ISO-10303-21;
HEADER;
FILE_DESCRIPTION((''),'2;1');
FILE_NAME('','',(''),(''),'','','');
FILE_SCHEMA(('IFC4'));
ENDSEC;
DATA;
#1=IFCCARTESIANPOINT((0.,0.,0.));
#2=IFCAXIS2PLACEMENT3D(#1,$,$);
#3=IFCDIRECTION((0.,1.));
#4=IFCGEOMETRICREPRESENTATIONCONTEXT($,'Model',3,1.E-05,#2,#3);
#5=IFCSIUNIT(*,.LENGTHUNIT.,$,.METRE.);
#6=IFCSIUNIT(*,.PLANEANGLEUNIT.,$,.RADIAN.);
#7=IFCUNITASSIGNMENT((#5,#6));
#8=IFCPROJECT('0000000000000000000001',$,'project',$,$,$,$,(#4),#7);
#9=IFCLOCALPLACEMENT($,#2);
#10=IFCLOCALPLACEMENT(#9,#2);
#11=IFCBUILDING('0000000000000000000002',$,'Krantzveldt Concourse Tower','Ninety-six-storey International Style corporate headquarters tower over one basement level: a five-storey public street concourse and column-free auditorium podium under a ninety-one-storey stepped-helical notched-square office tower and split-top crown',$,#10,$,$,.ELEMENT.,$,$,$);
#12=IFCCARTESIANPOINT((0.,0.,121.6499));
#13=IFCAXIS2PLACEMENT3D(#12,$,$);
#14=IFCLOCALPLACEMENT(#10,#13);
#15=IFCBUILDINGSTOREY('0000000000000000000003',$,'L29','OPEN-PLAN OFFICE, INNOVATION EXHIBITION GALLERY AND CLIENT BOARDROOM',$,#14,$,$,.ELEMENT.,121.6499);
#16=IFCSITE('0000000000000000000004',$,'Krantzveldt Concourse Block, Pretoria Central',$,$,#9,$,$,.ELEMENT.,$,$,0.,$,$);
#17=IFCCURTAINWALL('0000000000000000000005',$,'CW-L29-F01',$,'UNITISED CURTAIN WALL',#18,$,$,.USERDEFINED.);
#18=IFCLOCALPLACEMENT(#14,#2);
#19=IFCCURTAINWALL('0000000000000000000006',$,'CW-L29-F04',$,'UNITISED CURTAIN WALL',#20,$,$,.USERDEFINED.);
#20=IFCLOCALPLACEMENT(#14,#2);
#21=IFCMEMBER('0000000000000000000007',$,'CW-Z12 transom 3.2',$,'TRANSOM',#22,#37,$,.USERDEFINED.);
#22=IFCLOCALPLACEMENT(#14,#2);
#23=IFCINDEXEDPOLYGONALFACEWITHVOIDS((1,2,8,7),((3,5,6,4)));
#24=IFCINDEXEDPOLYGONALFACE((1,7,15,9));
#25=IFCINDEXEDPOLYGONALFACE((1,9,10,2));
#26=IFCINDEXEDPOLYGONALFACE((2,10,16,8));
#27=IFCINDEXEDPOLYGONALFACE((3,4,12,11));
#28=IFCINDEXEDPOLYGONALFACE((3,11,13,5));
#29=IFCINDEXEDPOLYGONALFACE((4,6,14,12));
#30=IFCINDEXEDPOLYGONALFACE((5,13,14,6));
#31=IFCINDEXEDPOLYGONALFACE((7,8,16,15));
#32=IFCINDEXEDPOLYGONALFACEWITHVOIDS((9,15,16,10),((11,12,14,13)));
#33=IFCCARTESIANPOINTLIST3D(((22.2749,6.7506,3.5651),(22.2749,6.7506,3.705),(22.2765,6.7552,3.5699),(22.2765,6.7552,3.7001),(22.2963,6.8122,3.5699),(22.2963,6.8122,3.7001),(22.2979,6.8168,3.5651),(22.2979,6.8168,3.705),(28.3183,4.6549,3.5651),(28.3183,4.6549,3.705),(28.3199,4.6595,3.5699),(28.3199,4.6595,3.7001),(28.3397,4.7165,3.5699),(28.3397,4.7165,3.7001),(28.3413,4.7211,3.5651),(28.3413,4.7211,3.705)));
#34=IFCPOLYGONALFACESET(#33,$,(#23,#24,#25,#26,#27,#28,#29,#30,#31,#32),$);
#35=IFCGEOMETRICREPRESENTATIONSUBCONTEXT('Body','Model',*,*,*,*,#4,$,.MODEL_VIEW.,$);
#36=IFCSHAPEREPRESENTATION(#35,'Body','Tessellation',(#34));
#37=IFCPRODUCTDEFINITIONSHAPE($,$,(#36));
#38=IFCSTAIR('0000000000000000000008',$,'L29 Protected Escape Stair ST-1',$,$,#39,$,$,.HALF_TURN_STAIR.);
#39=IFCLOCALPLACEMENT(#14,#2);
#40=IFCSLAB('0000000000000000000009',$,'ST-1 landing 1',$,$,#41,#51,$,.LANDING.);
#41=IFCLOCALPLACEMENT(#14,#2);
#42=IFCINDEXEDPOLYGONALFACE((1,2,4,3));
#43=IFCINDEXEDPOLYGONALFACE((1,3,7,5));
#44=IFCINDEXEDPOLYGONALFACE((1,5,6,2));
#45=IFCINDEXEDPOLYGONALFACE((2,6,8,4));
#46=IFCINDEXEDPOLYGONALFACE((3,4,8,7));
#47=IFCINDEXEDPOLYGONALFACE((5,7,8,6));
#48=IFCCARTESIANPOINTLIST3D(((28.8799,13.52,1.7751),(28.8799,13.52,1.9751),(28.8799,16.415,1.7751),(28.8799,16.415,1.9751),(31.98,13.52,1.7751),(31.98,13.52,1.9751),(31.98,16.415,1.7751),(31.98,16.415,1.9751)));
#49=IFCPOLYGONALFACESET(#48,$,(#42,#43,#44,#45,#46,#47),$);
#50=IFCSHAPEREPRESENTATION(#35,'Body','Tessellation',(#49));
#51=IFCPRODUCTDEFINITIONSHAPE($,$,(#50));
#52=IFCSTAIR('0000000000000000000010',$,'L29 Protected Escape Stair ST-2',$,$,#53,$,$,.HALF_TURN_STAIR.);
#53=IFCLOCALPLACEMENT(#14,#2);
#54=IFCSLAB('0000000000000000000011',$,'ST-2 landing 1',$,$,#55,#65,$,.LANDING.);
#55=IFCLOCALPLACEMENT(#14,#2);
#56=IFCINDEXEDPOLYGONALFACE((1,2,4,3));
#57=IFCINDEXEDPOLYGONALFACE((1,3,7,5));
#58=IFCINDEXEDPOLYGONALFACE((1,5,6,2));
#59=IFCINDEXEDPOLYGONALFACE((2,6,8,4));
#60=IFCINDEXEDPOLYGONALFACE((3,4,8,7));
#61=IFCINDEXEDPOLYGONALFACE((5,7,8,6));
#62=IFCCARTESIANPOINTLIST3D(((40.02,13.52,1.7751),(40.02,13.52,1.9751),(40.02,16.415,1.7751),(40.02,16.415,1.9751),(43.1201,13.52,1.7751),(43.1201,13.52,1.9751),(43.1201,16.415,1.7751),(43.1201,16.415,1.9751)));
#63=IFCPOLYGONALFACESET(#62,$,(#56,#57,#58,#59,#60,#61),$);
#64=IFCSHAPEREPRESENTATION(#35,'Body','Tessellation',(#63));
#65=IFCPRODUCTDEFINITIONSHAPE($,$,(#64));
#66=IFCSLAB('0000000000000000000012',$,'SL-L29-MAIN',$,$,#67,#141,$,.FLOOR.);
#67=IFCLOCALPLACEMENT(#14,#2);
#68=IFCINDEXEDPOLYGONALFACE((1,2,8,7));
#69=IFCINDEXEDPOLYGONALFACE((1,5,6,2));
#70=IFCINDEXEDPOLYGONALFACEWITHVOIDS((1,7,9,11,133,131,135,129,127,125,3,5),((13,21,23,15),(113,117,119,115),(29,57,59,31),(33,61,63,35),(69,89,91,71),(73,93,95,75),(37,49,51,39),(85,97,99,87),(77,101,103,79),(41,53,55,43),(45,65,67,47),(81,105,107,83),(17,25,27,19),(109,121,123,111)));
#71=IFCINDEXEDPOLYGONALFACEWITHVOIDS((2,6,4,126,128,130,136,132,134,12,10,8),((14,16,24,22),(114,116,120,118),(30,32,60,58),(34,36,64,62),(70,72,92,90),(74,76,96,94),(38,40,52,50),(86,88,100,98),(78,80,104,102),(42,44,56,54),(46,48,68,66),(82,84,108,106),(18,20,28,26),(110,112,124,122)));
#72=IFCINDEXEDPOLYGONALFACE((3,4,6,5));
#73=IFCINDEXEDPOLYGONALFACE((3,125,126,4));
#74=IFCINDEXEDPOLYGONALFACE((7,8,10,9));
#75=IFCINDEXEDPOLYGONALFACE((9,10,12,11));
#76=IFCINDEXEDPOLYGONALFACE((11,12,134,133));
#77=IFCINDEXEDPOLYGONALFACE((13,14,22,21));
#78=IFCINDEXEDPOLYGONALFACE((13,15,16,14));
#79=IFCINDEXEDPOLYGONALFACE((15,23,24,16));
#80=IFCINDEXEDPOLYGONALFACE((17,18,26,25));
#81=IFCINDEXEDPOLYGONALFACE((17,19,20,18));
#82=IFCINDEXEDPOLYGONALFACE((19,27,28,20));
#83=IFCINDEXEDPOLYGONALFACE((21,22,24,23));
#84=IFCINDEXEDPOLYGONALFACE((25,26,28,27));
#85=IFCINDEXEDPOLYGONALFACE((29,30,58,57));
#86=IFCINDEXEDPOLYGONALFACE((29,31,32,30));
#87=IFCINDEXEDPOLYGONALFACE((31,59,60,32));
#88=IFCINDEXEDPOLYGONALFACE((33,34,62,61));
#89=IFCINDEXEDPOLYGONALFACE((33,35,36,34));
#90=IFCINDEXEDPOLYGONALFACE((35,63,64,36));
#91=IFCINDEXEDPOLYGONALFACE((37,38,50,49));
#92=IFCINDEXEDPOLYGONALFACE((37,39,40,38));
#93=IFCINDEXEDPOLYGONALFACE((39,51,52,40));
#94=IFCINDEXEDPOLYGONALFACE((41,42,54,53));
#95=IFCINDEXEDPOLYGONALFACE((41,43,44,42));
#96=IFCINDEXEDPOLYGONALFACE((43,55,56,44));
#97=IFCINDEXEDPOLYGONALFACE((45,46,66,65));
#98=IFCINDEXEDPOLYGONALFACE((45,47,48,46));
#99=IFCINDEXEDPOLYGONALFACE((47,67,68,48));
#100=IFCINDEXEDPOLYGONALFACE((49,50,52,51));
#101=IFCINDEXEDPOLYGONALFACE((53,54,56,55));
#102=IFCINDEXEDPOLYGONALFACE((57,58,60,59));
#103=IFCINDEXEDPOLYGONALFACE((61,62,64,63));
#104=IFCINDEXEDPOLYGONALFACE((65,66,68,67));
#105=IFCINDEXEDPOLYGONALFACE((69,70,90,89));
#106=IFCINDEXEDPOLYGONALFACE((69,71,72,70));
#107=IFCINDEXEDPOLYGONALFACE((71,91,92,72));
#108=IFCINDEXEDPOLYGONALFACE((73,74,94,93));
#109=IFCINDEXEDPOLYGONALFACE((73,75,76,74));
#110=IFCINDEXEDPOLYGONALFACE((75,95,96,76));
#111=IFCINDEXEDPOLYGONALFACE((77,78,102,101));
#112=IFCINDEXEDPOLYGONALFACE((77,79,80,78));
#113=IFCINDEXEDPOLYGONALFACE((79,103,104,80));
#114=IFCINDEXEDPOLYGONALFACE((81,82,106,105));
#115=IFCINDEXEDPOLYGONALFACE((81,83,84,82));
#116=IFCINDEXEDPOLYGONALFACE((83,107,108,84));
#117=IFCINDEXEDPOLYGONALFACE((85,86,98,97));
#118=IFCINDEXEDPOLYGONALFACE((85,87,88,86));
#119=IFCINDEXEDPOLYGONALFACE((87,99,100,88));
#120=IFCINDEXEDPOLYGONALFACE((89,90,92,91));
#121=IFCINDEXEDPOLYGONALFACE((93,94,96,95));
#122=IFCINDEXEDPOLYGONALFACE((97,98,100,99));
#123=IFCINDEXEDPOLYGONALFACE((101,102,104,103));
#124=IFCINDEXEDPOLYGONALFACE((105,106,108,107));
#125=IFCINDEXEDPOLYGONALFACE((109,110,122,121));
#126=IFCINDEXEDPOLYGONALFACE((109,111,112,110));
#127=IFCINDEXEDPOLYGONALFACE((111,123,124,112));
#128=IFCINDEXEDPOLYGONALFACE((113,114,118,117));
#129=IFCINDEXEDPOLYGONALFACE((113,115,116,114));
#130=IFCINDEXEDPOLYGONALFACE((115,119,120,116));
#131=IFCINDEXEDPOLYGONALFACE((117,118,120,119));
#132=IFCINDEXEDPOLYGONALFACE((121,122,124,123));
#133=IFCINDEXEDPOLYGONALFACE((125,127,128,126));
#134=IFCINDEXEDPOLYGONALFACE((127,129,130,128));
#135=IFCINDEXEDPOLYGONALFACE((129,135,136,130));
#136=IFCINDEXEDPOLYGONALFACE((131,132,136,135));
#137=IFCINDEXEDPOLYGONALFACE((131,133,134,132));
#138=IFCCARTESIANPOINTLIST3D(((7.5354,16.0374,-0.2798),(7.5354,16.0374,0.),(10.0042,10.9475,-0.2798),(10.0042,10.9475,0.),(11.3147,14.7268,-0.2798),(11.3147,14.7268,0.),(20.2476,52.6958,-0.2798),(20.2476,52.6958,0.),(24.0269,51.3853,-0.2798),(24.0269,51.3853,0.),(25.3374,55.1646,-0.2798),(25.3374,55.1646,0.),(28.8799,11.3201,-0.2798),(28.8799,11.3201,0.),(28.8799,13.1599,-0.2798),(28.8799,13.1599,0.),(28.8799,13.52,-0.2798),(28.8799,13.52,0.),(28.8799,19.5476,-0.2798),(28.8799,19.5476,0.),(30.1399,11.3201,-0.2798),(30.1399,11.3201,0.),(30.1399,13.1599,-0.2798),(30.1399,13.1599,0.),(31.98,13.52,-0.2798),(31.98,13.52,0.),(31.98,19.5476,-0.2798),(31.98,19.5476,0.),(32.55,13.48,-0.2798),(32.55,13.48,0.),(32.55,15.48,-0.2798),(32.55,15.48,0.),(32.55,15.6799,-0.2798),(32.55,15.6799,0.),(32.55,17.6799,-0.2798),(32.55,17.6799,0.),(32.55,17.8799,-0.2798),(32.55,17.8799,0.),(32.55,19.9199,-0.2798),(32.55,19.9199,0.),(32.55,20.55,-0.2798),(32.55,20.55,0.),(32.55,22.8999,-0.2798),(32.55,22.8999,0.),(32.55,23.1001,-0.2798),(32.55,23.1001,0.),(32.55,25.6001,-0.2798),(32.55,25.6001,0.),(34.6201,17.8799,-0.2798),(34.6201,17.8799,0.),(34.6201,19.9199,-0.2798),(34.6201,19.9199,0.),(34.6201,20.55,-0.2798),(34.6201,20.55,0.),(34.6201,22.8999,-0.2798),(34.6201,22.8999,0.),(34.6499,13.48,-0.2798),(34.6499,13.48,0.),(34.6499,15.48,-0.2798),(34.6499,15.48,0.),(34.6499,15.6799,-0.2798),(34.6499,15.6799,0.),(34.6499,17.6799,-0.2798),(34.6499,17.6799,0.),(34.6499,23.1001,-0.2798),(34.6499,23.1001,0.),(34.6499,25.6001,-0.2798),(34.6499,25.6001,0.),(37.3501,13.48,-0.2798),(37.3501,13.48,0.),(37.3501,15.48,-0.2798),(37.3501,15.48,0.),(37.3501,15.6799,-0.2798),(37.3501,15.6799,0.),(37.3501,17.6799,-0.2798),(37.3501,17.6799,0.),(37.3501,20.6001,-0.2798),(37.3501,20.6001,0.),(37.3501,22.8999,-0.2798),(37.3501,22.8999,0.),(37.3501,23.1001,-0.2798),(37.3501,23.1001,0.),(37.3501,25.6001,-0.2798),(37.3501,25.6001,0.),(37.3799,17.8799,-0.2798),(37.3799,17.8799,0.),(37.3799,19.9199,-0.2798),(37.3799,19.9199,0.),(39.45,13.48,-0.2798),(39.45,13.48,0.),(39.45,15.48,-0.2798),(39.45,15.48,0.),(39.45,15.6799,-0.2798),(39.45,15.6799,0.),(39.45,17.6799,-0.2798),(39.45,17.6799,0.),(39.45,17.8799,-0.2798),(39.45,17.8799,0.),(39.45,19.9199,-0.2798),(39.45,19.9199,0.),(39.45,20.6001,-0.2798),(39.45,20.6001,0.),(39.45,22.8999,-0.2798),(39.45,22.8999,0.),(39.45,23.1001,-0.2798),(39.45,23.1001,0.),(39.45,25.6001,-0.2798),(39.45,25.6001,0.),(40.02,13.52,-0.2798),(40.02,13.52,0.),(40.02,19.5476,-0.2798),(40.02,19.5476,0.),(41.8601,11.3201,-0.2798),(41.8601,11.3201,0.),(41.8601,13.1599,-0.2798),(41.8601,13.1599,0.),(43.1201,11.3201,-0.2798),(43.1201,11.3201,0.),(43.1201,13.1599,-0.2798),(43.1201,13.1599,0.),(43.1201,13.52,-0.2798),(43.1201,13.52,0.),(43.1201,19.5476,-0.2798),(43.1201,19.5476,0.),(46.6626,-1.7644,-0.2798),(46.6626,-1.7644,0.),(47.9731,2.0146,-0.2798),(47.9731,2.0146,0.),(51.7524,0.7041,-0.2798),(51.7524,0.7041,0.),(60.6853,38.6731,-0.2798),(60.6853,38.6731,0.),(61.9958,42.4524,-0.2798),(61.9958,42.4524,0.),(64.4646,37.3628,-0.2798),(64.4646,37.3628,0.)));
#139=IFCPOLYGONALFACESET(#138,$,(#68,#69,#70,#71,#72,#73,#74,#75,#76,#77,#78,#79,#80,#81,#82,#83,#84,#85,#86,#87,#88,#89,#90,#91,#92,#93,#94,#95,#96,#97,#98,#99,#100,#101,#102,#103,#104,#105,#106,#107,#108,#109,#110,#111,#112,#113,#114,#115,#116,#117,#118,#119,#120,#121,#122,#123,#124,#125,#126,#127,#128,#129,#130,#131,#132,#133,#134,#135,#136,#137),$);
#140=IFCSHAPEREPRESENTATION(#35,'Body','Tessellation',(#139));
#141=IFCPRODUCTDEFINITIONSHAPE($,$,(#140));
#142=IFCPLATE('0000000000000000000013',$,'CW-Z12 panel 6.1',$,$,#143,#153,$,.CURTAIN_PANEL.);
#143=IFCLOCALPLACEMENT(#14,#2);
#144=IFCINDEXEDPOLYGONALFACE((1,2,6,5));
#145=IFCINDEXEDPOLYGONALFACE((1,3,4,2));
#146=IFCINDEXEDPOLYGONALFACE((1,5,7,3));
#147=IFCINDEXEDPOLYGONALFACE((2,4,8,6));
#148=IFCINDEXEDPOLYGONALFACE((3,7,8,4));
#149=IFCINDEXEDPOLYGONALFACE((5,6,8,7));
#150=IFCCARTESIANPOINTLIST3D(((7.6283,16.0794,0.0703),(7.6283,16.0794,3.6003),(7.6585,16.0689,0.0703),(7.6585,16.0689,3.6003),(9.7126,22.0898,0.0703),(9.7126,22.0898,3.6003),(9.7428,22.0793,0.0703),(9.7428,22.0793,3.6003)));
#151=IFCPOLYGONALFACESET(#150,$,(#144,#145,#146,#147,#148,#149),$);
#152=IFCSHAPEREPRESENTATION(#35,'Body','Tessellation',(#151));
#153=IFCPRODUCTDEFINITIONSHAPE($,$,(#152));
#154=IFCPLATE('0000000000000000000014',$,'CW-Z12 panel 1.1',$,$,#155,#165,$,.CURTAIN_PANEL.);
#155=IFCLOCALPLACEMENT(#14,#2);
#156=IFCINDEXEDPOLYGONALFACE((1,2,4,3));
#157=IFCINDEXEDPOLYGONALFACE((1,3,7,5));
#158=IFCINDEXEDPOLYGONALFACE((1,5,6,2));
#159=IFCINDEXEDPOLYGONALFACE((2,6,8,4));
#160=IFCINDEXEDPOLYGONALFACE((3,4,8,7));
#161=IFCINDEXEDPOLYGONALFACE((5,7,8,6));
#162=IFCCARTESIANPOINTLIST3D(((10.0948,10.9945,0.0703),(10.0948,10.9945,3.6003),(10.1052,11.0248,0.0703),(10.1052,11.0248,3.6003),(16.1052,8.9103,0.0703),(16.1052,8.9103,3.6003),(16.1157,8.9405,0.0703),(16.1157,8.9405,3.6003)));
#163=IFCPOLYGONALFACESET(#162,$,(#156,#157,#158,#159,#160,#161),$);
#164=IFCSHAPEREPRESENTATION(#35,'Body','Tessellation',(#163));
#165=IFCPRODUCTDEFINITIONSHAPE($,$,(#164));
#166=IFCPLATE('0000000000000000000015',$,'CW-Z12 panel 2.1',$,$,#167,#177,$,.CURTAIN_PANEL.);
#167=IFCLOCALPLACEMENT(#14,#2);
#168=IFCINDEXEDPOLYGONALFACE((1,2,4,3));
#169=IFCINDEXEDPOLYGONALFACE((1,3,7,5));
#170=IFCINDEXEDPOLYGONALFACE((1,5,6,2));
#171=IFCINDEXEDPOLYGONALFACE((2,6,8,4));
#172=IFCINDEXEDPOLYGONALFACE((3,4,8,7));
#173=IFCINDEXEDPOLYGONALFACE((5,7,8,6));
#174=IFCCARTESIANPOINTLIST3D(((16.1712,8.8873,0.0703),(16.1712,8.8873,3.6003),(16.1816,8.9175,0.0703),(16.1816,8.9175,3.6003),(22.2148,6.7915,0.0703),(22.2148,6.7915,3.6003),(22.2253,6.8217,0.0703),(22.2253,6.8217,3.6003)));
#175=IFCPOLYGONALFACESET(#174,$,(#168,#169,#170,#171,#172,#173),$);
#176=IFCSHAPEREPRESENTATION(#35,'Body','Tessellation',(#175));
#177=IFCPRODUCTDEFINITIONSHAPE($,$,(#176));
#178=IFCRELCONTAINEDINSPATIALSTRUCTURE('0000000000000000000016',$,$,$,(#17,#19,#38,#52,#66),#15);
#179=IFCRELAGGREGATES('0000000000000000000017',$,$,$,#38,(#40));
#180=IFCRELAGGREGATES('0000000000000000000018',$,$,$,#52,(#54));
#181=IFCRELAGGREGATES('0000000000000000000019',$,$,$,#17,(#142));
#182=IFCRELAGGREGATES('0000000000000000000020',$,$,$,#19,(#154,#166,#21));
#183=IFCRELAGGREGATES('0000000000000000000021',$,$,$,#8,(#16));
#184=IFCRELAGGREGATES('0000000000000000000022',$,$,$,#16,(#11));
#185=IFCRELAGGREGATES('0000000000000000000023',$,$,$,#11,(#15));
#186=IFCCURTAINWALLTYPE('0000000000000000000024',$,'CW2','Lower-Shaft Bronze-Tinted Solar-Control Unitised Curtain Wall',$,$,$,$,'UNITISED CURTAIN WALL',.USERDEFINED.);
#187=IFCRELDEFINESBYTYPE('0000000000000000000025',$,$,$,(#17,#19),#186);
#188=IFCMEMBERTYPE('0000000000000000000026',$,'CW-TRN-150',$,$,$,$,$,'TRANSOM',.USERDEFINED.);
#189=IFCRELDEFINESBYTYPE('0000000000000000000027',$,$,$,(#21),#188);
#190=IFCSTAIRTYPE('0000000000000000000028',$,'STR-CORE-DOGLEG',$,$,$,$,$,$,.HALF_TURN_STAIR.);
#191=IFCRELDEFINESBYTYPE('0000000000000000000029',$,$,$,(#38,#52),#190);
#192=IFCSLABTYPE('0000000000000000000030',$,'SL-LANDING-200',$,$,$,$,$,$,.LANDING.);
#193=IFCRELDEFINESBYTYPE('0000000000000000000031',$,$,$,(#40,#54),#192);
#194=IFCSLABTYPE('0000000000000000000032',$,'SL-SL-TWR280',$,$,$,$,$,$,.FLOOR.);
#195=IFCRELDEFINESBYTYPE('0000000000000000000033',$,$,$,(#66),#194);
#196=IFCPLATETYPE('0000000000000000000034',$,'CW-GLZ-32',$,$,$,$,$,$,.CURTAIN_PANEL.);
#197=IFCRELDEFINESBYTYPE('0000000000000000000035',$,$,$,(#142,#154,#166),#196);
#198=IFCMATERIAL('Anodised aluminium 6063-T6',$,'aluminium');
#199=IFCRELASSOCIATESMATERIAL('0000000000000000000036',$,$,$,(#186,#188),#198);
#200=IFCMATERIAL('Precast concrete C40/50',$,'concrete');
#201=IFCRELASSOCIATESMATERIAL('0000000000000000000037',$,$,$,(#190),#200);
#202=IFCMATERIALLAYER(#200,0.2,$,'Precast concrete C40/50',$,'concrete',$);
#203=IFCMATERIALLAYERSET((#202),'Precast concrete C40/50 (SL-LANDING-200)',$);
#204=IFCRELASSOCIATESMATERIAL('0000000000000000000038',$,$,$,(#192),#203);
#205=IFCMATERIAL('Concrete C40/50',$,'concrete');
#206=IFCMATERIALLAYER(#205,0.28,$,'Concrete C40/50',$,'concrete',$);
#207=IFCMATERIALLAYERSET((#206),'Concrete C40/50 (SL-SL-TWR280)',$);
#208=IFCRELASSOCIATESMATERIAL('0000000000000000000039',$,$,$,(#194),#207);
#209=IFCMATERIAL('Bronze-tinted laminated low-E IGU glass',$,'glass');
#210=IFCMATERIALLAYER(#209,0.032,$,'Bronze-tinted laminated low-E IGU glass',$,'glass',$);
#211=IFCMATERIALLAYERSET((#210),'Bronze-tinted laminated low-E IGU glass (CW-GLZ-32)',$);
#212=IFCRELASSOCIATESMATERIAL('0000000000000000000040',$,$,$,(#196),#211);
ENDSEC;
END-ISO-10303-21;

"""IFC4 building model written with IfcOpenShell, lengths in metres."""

from ifc_helpers import new_model, si_unit, direction, frame, origin, origin_2d, place, context, subcontext, project, spatial, polyline, rectangle, hollow_rectangle, outline, extrude, source, transform, mapped, material, layer, layer_set, material_profile, profile_set, type_object, type_shapes, element, aggregate, save


model = new_model("IFC4")

# Units and contexts
model_context = context("Model", 3, precision=1e-05, world=origin(), true_north=direction((0.0, 1.0)))
body_context = subcontext(model_context, "Body", "Model", "MODEL_VIEW")
ifc_project = project(units=[si_unit("LENGTHUNIT", "METRE"), si_unit("PLANEANGLEUNIT", "RADIAN")], contexts=[model_context])

# Site, building, storey
site_placement = place(None, origin())
site = spatial("IfcSite", under=ifc_project, at=site_placement, Name="Krantzveldt Concourse Block, Pretoria Central", CompositionType="ELEMENT", RefElevation=0.0)
building_placement = place(site_placement, origin())
building = spatial("IfcBuilding", under=site, at=building_placement, Name="Krantzveldt Concourse Tower", Description="Ninety-six-storey International Style corporate headquarters tower over one basement level: a five-storey public street concourse and column-free auditorium podium under a ninety-one-storey stepped-helical notched-square office tower and split-top crown", CompositionType="ELEMENT")
storey_placement = place(building_placement, frame((0.0, 0.0, 121.6499)))
storey = spatial("IfcBuildingStorey", under=building, at=storey_placement, Name="L29", Description="OPEN-PLAN OFFICE, INNOVATION EXHIBITION GALLERY AND CLIENT BOARDROOM", CompositionType="ELEMENT", Elevation=121.6499)

# Curtain walls
ifc_material_1 = material(Name="Anodised aluminium 6063-T6", Category="aluminium")
curtain_wall_type = type_object("IfcCurtainWallType", Name="CW2", Description="Lower-Shaft Bronze-Tinted Solar-Control Unitised Curtain Wall", ElementType="UNITISED CURTAIN WALL", PredefinedType="USERDEFINED", material=ifc_material_1)
curtain_wall_1_placement = place(storey_placement, origin())
curtain_wall_1 = element("IfcCurtainWall", 1, at=curtain_wall_1_placement, inside=storey, type_object=curtain_wall_type, Name="CW-L29-F01", ObjectType="UNITISED CURTAIN WALL", PredefinedType="USERDEFINED")
curtain_wall_2_placement = place(storey_placement, origin())
curtain_wall_2 = element("IfcCurtainWall", 2, at=curtain_wall_2_placement, inside=storey, type_object=curtain_wall_type, Name="CW-L29-F04", ObjectType="UNITISED CURTAIN WALL", PredefinedType="USERDEFINED")

# Member
ifc_material_profile_1 = material_profile(ifc_material_1, hollow_rectangle(XDim=0.0701, YDim=0.1399, WallThickness=0.0049, at=origin_2d()), Name="Anodised aluminium 6063-T6", Category="aluminium")
ifc_profile_set_1 = profile_set([ifc_material_profile_1], Name="Anodised aluminium 6063-T6 - ALU-TRAN 140x70x5")
member_type_1 = type_object("IfcMemberType", Name="CW-TRN-150", ElementType="TRANSOM", PredefinedType="USERDEFINED", material=ifc_profile_set_1)
shared_shape_1 = source(origin(), body_context, "Body", "SweptSolid", [
    extrude(hollow_rectangle(XDim=0.0701, YDim=0.1399, WallThickness=0.0049, at=origin_2d()), origin(), (0.0, 0.0, 1.0), 6.3965),
])
member_1_placement = place(storey_placement, frame((22.2864, 6.7837, 3.635), z_axis=(0.944805, -0.327632, 0.0), x_axis=(0.327632, 0.944805, 0.0)))
member_1 = element("IfcMember", 3, at=member_1_placement, type_object=member_type_1, Name="CW-Z12 transom 3.2", ObjectType="TRANSOM", PredefinedType="USERDEFINED", context=body_context, shape_type="MappedRepresentation", body=[
    mapped(shared_shape_1, transform((0.0, 0.0, 0.0), x_axis=(1.0, 0.0, 0.0), y_axis=(0.0, 1.0, 0.0), z_axis=(0.0, 0.0, 1.0), scale=1.0)),
])

# Stairs, slabs
ifc_material_2 = material(Name="Precast concrete C40/50", Category="concrete")
stair_type = type_object("IfcStairType", Name="STR-CORE-DOGLEG", PredefinedType="HALF_TURN_STAIR", material=ifc_material_2)
stair_1_placement = place(storey_placement, origin())
stair_1 = element("IfcStair", 4, at=stair_1_placement, inside=storey, type_object=stair_type, Name="L29 Protected Escape Stair ST-1", PredefinedType="HALF_TURN_STAIR")
ifc_layer_1 = layer(ifc_material_2, 0.2, Name="Precast concrete C40/50", Category="concrete")
ifc_layer_set_1 = layer_set([ifc_layer_1], Name="Precast concrete C40/50 (SL-LANDING-200)")
slab_type_1 = type_object("IfcSlabType", Name="SL-LANDING-200", PredefinedType="LANDING", material=ifc_layer_set_1)
slab_1_placement = place(storey_placement, frame((0.0, 0.0, 1.7751)))
slab_1 = element("IfcSlab", 5, at=slab_1_placement, type_object=slab_type_1, Name="ST-1 landing 1", PredefinedType="LANDING", context=body_context, shape_type="SweptSolid", body=[
    extrude(outline(polyline([(28.8799, 16.415), (28.8799, 13.52), (31.98, 13.52), (31.98, 16.415), (28.8799, 16.415)])), origin(), (0.0, 0.0, 1.0), 0.2),
])
aggregate(stair_1, [slab_1])
stair_2_placement = place(storey_placement, origin())
stair_2 = element("IfcStair", 6, at=stair_2_placement, inside=storey, type_object=stair_type, Name="L29 Protected Escape Stair ST-2", PredefinedType="HALF_TURN_STAIR")
slab_2_placement = place(storey_placement, frame((0.0, 0.0, 1.7751)))
slab_2 = element("IfcSlab", 7, at=slab_2_placement, type_object=slab_type_1, Name="ST-2 landing 1", PredefinedType="LANDING", context=body_context, shape_type="SweptSolid", body=[
    extrude(outline(polyline([(40.02, 16.415), (40.02, 13.52), (43.1201, 13.52), (43.1201, 16.415), (40.02, 16.415)])), origin(), (0.0, 0.0, 1.0), 0.2),
])
aggregate(stair_2, [slab_2])

# Slab
ifc_material_3 = material(Name="Concrete C40/50", Category="concrete")
ifc_layer_2 = layer(ifc_material_3, 0.28, Name="Concrete C40/50", Category="concrete")
ifc_layer_set_2 = layer_set([ifc_layer_2], Name="Concrete C40/50 (SL-SL-TWR280)")
slab_type_2 = type_object("IfcSlabType", Name="SL-SL-TWR280", PredefinedType="FLOOR", material=ifc_layer_set_2)
slab_3_placement = place(storey_placement, frame((0.0, 0.0, -0.2798)))
element("IfcSlab", 8, at=slab_3_placement, inside=storey, type_object=slab_type_2, Name="SL-L29-MAIN", PredefinedType="FLOOR", context=body_context, shape_type="SweptSolid", body=[
    extrude(outline(polyline([(24.0269, 51.3853), (20.2476, 52.6958), (7.5354, 16.0374), (11.3147, 14.7268), (10.0042, 10.9475), (46.6626, -1.7644), (47.9731, 2.0146), (51.7524, 0.7041), (64.4646, 37.3628), (60.6853, 38.6731), (61.9958, 42.4524), (25.3374, 55.1646), (24.0269, 51.3853)]), holes=[polyline([(28.8799, 19.5476), (28.8799, 13.52), (31.98, 13.52), (31.98, 19.5476), (28.8799, 19.5476)]), polyline([(40.02, 19.5476), (40.02, 13.52), (43.1201, 13.52), (43.1201, 19.5476), (40.02, 19.5476)]), polyline([(32.55, 23.1001), (34.6499, 23.1001), (34.6499, 25.6001), (32.55, 25.6001), (32.55, 23.1001)]), polyline([(37.3501, 23.1001), (39.45, 23.1001), (39.45, 25.6001), (37.3501, 25.6001), (37.3501, 23.1001)]), polyline([(37.3501, 20.6001), (39.45, 20.6001), (39.45, 22.8999), (37.3501, 22.8999), (37.3501, 20.6001)]), polyline([(32.55, 13.48), (34.6499, 13.48), (34.6499, 15.48), (32.55, 15.48), (32.55, 13.48)]), polyline([(32.55, 15.6799), (34.6499, 15.6799), (34.6499, 17.6799), (32.55, 17.6799), (32.55, 15.6799)]), polyline([(37.3501, 13.48), (39.45, 13.48), (39.45, 15.48), (37.3501, 15.48), (37.3501, 13.48)]), polyline([(37.3501, 15.6799), (39.45, 15.6799), (39.45, 17.6799), (37.3501, 17.6799), (37.3501, 15.6799)]), polyline([(32.55, 20.55), (34.6201, 20.55), (34.6201, 22.8999), (32.55, 22.8999), (32.55, 20.55)]), polyline([(32.55, 17.8799), (34.6201, 17.8799), (34.6201, 19.9199), (32.55, 19.9199), (32.55, 17.8799)]), polyline([(37.3799, 17.8799), (39.45, 17.8799), (39.45, 19.9199), (37.3799, 19.9199), (37.3799, 17.8799)]), polyline([(28.8799, 11.3201), (30.1399, 11.3201), (30.1399, 13.1599), (28.8799, 13.1599), (28.8799, 11.3201)]), polyline([(41.8601, 11.3201), (43.1201, 11.3201), (43.1201, 13.1599), (41.8601, 13.1599), (41.8601, 11.3201)])]), origin(), (0.0, 0.0, 1.0), 0.2798),
])

# Plates
ifc_material_4 = material(Name="Bronze-tinted laminated low-E IGU glass", Category="glass")
ifc_layer_3 = layer(ifc_material_4, 0.032, Name="Bronze-tinted laminated low-E IGU glass", Category="glass")
ifc_layer_set_3 = layer_set([ifc_layer_3], Name="Bronze-tinted laminated low-E IGU glass (CW-GLZ-32)")
plate_type = type_object("IfcPlateType", Name="CW-GLZ-32", PredefinedType="CURTAIN_PANEL", material=ifc_layer_set_3)
shared_shape_2 = source(origin(), body_context, "Body", "SweptSolid", [
    extrude(rectangle(XDim=6.3616, YDim=0.032, at=origin_2d()), origin(), (0.0, 0.0, 1.0), 3.53),
])
plate_1_placement = place(storey_placement, frame((8.6855, 19.0793, 0.0703), z_axis=(0.0, 0.0, 1.0), x_axis=(-0.32763, -0.944806, 0.0)))
plate_1 = element("IfcPlate", 9, at=plate_1_placement, type_object=plate_type, Name="CW-Z12 panel 6.1", PredefinedType="CURTAIN_PANEL", context=body_context, shape_type="MappedRepresentation", body=[
    mapped(shared_shape_2, transform((0.0, 0.0, 0.0), x_axis=(1.0, 0.0, 0.0), y_axis=(0.0, 1.0, 0.0), z_axis=(0.0, 0.0, 1.0), scale=1.0)),
])
aggregate(curtain_wall_1, [plate_1])
plate_2_placement = place(storey_placement, frame((13.1052, 9.9675, 0.0703), z_axis=(0.0, 0.0, 1.0), x_axis=(0.944806, -0.32763, 0.0)))
plate_2 = element("IfcPlate", 10, at=plate_2_placement, type_object=plate_type, Name="CW-Z12 panel 1.1", PredefinedType="CURTAIN_PANEL", context=body_context, shape_type="MappedRepresentation", body=[
    mapped(shared_shape_2, transform((0.0, 0.0, 0.0), x_axis=(1.0, 0.0, 0.0), y_axis=(0.0, 1.0, 0.0), z_axis=(0.0, 0.0, 1.0), scale=1.0)),
])
shared_shape_3 = source(origin(), body_context, "Body", "SweptSolid", [
    extrude(rectangle(XDim=6.3967, YDim=0.032, at=origin_2d()), origin(), (0.0, 0.0, 1.0), 3.53),
])
type_shapes(plate_type, [shared_shape_2, shared_shape_3])
plate_3_placement = place(storey_placement, frame((19.1982, 7.8545, 0.0703), z_axis=(0.0, 0.0, 1.0), x_axis=(0.944806, -0.32763, 0.0)))
plate_3 = element("IfcPlate", 11, at=plate_3_placement, type_object=plate_type, Name="CW-Z12 panel 2.1", PredefinedType="CURTAIN_PANEL", context=body_context, shape_type="MappedRepresentation", body=[
    mapped(shared_shape_3, transform((0.0, 0.0, 0.0), x_axis=(1.0, 0.0, 0.0), y_axis=(0.0, 1.0, 0.0), z_axis=(0.0, 0.0, 1.0), scale=1.0)),
])
aggregate(curtain_wall_2, [plate_2, plate_3, member_1])

save(model, "model.ifc")
